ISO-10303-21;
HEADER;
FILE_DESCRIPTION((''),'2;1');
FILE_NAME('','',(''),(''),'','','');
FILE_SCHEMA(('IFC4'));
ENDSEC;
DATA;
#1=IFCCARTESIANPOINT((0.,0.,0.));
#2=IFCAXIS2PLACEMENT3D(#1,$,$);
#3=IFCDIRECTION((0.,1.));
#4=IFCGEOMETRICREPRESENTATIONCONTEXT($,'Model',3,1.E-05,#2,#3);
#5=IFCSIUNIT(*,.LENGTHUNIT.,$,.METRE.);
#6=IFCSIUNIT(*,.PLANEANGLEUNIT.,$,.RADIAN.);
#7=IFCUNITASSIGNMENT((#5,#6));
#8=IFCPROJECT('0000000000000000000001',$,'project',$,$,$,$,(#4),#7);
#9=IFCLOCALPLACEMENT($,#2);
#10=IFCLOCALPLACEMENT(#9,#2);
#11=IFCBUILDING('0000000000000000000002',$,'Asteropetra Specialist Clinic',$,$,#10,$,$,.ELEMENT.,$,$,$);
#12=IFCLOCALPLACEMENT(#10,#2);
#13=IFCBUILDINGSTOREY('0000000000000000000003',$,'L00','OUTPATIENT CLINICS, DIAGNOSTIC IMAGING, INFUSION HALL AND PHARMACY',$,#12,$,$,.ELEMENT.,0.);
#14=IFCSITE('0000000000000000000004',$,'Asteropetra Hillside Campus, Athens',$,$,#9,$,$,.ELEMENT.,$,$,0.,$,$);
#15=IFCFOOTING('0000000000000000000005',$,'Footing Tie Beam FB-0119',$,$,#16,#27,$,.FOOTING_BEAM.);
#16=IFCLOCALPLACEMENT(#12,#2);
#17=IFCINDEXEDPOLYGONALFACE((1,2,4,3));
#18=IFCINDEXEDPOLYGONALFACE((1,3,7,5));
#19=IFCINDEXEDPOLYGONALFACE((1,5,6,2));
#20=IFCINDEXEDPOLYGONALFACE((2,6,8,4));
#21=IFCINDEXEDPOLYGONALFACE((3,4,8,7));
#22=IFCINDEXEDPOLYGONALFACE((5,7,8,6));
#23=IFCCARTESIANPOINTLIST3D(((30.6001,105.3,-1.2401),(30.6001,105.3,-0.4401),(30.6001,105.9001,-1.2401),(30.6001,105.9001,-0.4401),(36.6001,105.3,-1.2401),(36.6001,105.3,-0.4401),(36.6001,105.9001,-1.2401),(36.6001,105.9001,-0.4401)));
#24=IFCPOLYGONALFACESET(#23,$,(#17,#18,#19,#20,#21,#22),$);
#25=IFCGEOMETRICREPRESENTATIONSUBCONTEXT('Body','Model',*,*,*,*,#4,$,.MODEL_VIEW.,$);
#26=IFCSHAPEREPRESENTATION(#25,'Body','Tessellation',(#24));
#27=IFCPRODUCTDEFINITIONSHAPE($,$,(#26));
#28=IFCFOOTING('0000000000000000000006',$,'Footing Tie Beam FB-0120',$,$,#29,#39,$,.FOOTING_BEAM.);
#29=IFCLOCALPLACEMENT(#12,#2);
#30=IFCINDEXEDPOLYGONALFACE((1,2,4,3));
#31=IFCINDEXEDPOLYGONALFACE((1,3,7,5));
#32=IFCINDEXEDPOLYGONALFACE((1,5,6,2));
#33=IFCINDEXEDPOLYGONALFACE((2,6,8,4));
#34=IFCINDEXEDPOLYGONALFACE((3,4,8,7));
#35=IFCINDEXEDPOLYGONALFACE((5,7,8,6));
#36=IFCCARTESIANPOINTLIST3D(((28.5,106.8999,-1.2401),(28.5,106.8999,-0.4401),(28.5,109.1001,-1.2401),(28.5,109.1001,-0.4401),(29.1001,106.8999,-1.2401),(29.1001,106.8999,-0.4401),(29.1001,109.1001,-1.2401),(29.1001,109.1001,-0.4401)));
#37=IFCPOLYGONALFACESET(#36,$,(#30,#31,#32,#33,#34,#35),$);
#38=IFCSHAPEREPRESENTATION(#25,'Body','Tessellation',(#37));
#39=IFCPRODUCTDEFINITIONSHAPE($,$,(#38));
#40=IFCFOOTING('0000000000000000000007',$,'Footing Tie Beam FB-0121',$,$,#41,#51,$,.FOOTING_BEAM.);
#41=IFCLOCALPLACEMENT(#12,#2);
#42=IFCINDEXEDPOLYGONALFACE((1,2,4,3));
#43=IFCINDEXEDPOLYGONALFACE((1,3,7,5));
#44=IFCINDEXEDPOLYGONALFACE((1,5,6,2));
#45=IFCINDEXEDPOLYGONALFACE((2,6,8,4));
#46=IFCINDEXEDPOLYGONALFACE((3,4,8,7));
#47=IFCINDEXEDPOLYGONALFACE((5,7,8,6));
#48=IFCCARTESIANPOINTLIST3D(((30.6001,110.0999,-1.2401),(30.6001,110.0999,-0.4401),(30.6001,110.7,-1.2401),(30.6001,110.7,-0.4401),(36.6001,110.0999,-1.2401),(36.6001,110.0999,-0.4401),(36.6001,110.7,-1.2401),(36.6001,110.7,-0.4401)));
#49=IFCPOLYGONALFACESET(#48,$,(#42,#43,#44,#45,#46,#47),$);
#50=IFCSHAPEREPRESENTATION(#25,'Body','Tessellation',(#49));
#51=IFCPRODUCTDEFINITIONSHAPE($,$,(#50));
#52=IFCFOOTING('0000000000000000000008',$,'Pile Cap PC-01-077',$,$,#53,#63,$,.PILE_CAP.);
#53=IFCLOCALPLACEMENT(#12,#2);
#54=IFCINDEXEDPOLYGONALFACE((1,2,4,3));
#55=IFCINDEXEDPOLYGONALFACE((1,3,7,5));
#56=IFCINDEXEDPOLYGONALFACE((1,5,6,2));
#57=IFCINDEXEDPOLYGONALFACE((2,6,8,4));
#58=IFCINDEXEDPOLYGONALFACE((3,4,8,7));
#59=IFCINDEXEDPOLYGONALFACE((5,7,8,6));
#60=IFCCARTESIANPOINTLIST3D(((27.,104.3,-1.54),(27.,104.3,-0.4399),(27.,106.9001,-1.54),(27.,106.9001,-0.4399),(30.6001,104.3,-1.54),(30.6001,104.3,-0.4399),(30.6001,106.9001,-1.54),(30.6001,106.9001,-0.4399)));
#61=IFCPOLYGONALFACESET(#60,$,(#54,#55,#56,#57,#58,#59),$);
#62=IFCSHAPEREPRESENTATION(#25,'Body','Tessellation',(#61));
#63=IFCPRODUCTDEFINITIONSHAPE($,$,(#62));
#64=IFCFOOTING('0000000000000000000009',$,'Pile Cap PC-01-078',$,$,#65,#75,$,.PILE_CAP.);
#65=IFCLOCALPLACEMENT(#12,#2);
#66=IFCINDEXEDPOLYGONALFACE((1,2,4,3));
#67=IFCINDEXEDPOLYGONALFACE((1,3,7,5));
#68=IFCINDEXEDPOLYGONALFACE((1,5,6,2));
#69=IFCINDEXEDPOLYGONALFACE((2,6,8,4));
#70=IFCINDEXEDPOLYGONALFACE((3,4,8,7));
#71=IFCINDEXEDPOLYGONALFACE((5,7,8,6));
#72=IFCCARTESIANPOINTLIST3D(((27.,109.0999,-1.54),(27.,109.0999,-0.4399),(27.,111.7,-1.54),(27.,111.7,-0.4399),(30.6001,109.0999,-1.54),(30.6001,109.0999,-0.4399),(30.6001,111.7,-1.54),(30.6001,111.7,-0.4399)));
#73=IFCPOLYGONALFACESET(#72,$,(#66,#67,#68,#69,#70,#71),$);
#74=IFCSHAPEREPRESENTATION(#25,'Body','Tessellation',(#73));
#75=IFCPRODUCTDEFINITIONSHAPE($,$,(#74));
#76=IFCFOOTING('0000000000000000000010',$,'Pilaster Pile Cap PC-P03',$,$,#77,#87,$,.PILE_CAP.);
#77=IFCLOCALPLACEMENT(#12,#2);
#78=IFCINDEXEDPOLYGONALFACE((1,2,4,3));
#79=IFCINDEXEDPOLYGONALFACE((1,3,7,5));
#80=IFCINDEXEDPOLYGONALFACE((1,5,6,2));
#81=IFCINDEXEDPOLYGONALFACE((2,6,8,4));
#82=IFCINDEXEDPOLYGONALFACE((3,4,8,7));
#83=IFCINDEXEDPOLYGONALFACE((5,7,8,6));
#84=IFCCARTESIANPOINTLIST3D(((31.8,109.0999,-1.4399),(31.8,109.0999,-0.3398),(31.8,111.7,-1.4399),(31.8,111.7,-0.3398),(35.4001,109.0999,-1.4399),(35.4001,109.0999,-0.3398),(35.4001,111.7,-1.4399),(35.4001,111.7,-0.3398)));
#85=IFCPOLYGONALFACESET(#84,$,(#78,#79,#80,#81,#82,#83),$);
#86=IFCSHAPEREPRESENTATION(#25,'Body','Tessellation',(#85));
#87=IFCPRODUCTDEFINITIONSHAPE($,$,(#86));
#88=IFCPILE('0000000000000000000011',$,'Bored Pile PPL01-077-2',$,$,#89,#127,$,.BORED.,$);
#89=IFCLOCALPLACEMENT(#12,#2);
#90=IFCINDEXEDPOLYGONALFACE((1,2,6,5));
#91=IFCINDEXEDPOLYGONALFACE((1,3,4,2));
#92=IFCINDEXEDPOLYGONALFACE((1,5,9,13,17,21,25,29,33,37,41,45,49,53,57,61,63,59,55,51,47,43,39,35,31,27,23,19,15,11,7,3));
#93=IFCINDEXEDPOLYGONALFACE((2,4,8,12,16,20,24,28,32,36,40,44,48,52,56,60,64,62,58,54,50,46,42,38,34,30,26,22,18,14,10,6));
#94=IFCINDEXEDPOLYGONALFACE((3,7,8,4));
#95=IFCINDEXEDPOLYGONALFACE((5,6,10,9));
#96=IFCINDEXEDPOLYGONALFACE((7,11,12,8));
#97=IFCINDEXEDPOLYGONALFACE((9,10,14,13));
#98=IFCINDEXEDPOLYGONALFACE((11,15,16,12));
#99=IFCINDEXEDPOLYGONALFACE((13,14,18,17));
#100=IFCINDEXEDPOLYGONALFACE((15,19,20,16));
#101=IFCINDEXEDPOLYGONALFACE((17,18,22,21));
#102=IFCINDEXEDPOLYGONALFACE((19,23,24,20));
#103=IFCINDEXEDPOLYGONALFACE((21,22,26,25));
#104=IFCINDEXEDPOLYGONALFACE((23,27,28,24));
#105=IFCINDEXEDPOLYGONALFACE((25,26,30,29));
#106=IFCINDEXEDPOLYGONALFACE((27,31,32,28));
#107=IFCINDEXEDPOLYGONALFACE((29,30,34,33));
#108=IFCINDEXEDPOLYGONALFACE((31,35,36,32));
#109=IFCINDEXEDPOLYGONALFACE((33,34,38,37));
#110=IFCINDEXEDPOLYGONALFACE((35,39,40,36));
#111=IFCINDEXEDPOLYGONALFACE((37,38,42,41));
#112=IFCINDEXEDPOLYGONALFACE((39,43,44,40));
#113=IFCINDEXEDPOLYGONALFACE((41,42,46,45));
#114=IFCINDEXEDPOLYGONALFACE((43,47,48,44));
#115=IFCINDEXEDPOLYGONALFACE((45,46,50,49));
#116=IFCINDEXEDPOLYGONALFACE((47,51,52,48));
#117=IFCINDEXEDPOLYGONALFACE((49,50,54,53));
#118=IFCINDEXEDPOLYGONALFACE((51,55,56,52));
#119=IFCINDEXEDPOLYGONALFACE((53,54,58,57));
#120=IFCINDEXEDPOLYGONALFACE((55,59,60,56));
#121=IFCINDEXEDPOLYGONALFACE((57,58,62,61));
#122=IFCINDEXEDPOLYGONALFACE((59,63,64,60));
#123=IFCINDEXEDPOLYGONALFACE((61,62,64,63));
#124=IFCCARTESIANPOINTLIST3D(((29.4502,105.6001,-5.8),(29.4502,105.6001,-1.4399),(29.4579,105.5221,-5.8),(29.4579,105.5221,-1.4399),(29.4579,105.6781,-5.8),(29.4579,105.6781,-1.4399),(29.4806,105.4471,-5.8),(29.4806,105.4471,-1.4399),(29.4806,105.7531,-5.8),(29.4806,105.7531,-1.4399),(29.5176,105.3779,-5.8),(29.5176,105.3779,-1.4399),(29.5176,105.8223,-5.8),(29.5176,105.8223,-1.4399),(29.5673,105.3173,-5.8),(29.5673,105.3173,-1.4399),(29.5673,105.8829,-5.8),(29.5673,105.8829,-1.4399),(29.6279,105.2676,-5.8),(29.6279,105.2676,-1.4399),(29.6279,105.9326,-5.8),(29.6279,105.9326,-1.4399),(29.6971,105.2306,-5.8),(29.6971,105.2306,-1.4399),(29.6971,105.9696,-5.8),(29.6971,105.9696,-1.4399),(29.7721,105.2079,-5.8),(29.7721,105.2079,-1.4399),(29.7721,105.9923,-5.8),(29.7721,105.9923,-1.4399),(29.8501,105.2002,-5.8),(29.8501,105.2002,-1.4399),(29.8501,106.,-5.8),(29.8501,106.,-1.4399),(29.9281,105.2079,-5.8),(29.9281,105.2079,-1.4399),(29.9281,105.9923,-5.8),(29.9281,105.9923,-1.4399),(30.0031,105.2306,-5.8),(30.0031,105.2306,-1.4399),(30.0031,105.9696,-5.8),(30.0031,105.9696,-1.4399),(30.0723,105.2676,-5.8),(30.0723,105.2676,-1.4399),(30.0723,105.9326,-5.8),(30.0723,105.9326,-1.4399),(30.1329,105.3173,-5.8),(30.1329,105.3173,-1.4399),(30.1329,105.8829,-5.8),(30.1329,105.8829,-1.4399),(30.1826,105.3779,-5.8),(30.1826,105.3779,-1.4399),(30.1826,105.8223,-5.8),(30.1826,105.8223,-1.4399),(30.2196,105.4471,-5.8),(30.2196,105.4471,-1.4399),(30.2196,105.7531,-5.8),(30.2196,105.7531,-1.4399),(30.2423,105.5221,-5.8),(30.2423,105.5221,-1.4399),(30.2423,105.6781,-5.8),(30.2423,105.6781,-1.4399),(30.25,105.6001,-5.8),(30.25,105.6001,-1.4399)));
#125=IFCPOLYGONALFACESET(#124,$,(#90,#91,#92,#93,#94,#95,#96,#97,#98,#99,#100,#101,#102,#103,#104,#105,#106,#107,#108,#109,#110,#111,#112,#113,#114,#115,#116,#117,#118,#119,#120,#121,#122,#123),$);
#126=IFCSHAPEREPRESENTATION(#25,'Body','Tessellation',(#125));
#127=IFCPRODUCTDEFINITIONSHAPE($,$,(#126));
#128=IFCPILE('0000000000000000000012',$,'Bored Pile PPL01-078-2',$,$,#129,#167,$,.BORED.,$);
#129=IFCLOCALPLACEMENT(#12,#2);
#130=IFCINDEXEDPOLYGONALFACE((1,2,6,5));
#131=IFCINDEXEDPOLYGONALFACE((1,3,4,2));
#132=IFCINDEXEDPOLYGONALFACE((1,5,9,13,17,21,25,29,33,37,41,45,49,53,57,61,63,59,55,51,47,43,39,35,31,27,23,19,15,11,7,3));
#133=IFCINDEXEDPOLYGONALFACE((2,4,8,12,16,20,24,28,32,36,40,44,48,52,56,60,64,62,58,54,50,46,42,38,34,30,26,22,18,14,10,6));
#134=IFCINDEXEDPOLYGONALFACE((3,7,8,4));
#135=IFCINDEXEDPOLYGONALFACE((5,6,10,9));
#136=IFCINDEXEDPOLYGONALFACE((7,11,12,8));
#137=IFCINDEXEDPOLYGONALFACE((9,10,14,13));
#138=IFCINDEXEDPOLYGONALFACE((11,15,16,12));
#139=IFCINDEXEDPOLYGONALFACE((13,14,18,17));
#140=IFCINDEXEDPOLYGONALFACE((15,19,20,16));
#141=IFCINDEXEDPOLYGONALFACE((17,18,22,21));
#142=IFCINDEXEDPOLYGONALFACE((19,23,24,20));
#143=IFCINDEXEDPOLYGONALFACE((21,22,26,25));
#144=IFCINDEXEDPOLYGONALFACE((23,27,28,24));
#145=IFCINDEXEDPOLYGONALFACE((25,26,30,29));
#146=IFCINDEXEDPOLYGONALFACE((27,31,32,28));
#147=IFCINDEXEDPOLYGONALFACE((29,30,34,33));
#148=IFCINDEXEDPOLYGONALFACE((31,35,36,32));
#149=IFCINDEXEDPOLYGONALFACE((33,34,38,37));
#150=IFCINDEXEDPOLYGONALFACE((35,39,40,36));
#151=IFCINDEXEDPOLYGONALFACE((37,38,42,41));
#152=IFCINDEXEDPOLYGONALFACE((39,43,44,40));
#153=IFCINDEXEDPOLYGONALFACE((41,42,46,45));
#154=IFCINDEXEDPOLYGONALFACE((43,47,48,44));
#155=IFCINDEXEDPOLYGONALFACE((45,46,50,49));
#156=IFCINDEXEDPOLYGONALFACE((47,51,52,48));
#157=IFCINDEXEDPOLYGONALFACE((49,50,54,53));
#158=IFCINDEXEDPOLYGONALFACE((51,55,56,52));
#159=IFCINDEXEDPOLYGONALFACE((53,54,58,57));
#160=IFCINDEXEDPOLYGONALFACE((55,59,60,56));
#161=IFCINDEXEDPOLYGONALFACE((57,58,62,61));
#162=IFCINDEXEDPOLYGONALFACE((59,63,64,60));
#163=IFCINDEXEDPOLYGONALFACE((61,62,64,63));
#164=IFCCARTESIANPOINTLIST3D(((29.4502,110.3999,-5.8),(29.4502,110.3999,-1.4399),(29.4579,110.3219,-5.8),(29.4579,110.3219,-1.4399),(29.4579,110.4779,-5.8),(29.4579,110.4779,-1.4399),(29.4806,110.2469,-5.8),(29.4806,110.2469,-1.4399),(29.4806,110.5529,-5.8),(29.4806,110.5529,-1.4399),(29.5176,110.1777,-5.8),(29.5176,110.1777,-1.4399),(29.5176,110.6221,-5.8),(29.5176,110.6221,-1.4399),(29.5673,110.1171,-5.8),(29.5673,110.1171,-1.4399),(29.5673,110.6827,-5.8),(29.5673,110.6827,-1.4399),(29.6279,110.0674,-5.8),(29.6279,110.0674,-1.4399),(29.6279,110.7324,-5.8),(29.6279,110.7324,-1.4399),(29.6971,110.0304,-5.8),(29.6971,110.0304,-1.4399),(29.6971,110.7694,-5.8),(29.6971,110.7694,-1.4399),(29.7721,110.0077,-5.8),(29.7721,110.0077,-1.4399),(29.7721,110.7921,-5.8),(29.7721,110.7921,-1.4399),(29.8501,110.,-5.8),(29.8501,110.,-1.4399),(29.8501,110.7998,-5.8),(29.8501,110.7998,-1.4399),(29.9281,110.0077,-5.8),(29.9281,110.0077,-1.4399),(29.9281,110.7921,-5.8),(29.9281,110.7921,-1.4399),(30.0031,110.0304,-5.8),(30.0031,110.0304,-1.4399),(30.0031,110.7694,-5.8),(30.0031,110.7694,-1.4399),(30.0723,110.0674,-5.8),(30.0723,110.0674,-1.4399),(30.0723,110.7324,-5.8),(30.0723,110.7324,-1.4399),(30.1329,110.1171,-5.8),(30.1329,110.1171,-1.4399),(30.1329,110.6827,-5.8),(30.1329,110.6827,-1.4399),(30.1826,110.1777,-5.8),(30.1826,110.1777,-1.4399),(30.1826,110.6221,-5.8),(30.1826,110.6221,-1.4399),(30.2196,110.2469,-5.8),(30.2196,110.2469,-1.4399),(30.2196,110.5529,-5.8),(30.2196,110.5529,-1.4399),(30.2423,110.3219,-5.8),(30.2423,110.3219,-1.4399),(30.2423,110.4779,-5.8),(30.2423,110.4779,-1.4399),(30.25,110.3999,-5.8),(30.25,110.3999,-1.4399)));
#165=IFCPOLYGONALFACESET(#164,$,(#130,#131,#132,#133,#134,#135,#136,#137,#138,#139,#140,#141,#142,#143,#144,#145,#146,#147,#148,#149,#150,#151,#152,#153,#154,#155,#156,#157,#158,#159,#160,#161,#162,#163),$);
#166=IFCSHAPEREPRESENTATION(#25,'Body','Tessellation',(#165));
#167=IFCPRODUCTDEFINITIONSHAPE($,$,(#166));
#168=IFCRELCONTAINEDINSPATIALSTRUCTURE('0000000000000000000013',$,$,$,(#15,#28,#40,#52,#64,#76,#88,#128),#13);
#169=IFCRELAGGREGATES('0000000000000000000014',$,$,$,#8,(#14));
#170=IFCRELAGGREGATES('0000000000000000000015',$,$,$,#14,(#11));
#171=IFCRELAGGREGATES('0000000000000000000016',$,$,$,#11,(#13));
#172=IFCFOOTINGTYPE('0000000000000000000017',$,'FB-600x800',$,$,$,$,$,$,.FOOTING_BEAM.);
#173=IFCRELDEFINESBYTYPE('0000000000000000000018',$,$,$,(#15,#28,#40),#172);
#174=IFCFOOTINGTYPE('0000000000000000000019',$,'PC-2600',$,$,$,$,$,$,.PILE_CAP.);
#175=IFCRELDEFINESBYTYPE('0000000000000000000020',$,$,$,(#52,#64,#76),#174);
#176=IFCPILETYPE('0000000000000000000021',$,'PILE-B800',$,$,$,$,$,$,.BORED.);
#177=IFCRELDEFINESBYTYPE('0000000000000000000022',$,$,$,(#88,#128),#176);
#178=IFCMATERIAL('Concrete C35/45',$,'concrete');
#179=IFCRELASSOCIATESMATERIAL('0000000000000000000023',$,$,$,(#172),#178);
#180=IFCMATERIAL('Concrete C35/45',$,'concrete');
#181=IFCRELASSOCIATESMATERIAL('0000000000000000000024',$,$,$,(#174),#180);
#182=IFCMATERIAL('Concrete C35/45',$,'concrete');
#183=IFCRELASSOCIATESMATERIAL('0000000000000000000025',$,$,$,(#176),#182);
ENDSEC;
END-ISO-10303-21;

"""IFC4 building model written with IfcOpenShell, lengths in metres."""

from ifc_helpers import new_model, si_unit, direction, frame, origin, origin_2d, place, context, subcontext, project, spatial, rectangle, circle, extrude, material, material_profile, profile_set, type_object, element, save


model = new_model("IFC4")

# Units and contexts
model_context = context("Model", 3, precision=1e-05, world=origin(), true_north=direction((0.0, 1.0)))
body_context = subcontext(model_context, "Body", "Model", "MODEL_VIEW")
ifc_project = project(units=[si_unit("LENGTHUNIT", "METRE"), si_unit("PLANEANGLEUNIT", "RADIAN")], contexts=[model_context])

# Site, building, storey
site_placement = place(None, origin())
site = spatial("IfcSite", under=ifc_project, at=site_placement, Name="Asteropetra Hillside Campus, Athens", CompositionType="ELEMENT", RefElevation=0.0)
building_placement = place(site_placement, origin())
building = spatial("IfcBuilding", under=site, at=building_placement, Name="Asteropetra Specialist Clinic", CompositionType="ELEMENT")
storey_placement = place(building_placement, origin())
storey = spatial("IfcBuildingStorey", under=building, at=storey_placement, Name="L00", Description="OUTPATIENT CLINICS, DIAGNOSTIC IMAGING, INFUSION HALL AND PHARMACY", CompositionType="ELEMENT", Elevation=0.0)

# Footings
ifc_material_1 = material(Name="Concrete C35/45", Category="concrete")
ifc_material_profile_1 = material_profile(ifc_material_1, rectangle(XDim=0.6001, YDim=0.8, at=origin_2d()), Name="FB 600x800")
ifc_profile_set_1 = profile_set([ifc_material_profile_1], Name="Concrete C35/45")
footing_type_1 = type_object("IfcFootingType", Name="FB-600x800", PredefinedType="FOOTING_BEAM", material=ifc_profile_set_1)
footing_1_placement = place(storey_placement, frame((30.6001, 105.6001, -0.8401), z_axis=(1.0, 0.0, 0.0), x_axis=(0.0, 1.0, 0.0)))
element("IfcFooting", 1, at=footing_1_placement, inside=storey, type_object=footing_type_1, Name="Footing Tie Beam FB-0119", PredefinedType="FOOTING_BEAM", context=body_context, shape_type="SweptSolid", body=[
    extrude(rectangle(XDim=0.6001, YDim=0.8, at=origin_2d()), origin(), (0.0, 0.0, 1.0), 6.0),
])
footing_2_placement = place(storey_placement, frame((28.8, 106.8999, -0.8401), z_axis=(0.0, 1.0, 0.0), x_axis=(-1.0, 0.0, 0.0)))
element("IfcFooting", 2, at=footing_2_placement, inside=storey, type_object=footing_type_1, Name="Footing Tie Beam FB-0120", PredefinedType="FOOTING_BEAM", context=body_context, shape_type="SweptSolid", body=[
    extrude(rectangle(XDim=0.6001, YDim=0.8, at=origin_2d()), origin(), (0.0, 0.0, 1.0), 2.2002),
])
footing_3_placement = place(storey_placement, frame((30.6001, 110.3999, -0.8401), z_axis=(1.0, 0.0, 0.0), x_axis=(0.0, 1.0, 0.0)))
element("IfcFooting", 3, at=footing_3_placement, inside=storey, type_object=footing_type_1, Name="Footing Tie Beam FB-0121", PredefinedType="FOOTING_BEAM", context=body_context, shape_type="SweptSolid", body=[
    extrude(rectangle(XDim=0.6001, YDim=0.8, at=origin_2d()), origin(), (0.0, 0.0, 1.0), 6.0),
])
ifc_material_2 = material(Name="Concrete C35/45", Category="concrete")
footing_type_2 = type_object("IfcFootingType", Name="PC-2600", PredefinedType="PILE_CAP", material=ifc_material_2)
for number, where, z_axis, x_axis, name in (
    (4, (28.8, 105.6001, -1.54), (0.0, 0.0, 1.0), (1.0, 0.0, 0.0), "Pile Cap PC-01-077"),
    (5, (28.8, 110.3999, -1.54), (0.0, 0.0, 1.0), (1.0, 0.0, 0.0), "Pile Cap PC-01-078"),
    (6, (33.6001, 110.3999, -1.4399), (0.0, 0.0, 1.0), (1.0, 0.0, 0.0), "Pilaster Pile Cap PC-P03"),
):
    element("IfcFooting", number, at=place(storey_placement, frame(where, z_axis=z_axis, x_axis=x_axis)), inside=storey, type_object=footing_type_2, Name=name, PredefinedType="PILE_CAP", context=body_context, shape_type="SweptSolid", body=[
        extrude(rectangle(XDim=3.6001, YDim=2.6001, at=origin_2d()), origin(), (0.0, 0.0, 1.0), 1.1001),
    ])

# Piles
ifc_material_3 = material(Name="Concrete C35/45", Category="concrete")
ifc_material_profile_2 = material_profile(ifc_material_3, circle(Radius=0.3999, at=origin_2d()), Name="PILE D800")
ifc_profile_set_2 = profile_set([ifc_material_profile_2], Name="Concrete C35/45")
pile_type = type_object("IfcPileType", Name="PILE-B800", PredefinedType="BORED", material=ifc_profile_set_2)
for number, where, z_axis, x_axis, name in (
    (7, (29.8501, 105.6001, -1.4399), (0.0, 0.0, -1.0), (1.0, 0.0, 0.0), "Bored Pile PPL01-077-2"),
    (8, (29.8501, 110.3999, -1.4399), (0.0, 0.0, -1.0), (1.0, 0.0, 0.0), "Bored Pile PPL01-078-2"),
):
    element("IfcPile", number, at=place(storey_placement, frame(where, z_axis=z_axis, x_axis=x_axis)), inside=storey, type_object=pile_type, Name=name, PredefinedType="BORED", context=body_context, shape_type="SweptSolid", body=[
        extrude(circle(Radius=0.3999, at=origin_2d()), origin(), (0.0, 0.0, 1.0), 4.3601),
    ])

save(model, "model.ifc")
